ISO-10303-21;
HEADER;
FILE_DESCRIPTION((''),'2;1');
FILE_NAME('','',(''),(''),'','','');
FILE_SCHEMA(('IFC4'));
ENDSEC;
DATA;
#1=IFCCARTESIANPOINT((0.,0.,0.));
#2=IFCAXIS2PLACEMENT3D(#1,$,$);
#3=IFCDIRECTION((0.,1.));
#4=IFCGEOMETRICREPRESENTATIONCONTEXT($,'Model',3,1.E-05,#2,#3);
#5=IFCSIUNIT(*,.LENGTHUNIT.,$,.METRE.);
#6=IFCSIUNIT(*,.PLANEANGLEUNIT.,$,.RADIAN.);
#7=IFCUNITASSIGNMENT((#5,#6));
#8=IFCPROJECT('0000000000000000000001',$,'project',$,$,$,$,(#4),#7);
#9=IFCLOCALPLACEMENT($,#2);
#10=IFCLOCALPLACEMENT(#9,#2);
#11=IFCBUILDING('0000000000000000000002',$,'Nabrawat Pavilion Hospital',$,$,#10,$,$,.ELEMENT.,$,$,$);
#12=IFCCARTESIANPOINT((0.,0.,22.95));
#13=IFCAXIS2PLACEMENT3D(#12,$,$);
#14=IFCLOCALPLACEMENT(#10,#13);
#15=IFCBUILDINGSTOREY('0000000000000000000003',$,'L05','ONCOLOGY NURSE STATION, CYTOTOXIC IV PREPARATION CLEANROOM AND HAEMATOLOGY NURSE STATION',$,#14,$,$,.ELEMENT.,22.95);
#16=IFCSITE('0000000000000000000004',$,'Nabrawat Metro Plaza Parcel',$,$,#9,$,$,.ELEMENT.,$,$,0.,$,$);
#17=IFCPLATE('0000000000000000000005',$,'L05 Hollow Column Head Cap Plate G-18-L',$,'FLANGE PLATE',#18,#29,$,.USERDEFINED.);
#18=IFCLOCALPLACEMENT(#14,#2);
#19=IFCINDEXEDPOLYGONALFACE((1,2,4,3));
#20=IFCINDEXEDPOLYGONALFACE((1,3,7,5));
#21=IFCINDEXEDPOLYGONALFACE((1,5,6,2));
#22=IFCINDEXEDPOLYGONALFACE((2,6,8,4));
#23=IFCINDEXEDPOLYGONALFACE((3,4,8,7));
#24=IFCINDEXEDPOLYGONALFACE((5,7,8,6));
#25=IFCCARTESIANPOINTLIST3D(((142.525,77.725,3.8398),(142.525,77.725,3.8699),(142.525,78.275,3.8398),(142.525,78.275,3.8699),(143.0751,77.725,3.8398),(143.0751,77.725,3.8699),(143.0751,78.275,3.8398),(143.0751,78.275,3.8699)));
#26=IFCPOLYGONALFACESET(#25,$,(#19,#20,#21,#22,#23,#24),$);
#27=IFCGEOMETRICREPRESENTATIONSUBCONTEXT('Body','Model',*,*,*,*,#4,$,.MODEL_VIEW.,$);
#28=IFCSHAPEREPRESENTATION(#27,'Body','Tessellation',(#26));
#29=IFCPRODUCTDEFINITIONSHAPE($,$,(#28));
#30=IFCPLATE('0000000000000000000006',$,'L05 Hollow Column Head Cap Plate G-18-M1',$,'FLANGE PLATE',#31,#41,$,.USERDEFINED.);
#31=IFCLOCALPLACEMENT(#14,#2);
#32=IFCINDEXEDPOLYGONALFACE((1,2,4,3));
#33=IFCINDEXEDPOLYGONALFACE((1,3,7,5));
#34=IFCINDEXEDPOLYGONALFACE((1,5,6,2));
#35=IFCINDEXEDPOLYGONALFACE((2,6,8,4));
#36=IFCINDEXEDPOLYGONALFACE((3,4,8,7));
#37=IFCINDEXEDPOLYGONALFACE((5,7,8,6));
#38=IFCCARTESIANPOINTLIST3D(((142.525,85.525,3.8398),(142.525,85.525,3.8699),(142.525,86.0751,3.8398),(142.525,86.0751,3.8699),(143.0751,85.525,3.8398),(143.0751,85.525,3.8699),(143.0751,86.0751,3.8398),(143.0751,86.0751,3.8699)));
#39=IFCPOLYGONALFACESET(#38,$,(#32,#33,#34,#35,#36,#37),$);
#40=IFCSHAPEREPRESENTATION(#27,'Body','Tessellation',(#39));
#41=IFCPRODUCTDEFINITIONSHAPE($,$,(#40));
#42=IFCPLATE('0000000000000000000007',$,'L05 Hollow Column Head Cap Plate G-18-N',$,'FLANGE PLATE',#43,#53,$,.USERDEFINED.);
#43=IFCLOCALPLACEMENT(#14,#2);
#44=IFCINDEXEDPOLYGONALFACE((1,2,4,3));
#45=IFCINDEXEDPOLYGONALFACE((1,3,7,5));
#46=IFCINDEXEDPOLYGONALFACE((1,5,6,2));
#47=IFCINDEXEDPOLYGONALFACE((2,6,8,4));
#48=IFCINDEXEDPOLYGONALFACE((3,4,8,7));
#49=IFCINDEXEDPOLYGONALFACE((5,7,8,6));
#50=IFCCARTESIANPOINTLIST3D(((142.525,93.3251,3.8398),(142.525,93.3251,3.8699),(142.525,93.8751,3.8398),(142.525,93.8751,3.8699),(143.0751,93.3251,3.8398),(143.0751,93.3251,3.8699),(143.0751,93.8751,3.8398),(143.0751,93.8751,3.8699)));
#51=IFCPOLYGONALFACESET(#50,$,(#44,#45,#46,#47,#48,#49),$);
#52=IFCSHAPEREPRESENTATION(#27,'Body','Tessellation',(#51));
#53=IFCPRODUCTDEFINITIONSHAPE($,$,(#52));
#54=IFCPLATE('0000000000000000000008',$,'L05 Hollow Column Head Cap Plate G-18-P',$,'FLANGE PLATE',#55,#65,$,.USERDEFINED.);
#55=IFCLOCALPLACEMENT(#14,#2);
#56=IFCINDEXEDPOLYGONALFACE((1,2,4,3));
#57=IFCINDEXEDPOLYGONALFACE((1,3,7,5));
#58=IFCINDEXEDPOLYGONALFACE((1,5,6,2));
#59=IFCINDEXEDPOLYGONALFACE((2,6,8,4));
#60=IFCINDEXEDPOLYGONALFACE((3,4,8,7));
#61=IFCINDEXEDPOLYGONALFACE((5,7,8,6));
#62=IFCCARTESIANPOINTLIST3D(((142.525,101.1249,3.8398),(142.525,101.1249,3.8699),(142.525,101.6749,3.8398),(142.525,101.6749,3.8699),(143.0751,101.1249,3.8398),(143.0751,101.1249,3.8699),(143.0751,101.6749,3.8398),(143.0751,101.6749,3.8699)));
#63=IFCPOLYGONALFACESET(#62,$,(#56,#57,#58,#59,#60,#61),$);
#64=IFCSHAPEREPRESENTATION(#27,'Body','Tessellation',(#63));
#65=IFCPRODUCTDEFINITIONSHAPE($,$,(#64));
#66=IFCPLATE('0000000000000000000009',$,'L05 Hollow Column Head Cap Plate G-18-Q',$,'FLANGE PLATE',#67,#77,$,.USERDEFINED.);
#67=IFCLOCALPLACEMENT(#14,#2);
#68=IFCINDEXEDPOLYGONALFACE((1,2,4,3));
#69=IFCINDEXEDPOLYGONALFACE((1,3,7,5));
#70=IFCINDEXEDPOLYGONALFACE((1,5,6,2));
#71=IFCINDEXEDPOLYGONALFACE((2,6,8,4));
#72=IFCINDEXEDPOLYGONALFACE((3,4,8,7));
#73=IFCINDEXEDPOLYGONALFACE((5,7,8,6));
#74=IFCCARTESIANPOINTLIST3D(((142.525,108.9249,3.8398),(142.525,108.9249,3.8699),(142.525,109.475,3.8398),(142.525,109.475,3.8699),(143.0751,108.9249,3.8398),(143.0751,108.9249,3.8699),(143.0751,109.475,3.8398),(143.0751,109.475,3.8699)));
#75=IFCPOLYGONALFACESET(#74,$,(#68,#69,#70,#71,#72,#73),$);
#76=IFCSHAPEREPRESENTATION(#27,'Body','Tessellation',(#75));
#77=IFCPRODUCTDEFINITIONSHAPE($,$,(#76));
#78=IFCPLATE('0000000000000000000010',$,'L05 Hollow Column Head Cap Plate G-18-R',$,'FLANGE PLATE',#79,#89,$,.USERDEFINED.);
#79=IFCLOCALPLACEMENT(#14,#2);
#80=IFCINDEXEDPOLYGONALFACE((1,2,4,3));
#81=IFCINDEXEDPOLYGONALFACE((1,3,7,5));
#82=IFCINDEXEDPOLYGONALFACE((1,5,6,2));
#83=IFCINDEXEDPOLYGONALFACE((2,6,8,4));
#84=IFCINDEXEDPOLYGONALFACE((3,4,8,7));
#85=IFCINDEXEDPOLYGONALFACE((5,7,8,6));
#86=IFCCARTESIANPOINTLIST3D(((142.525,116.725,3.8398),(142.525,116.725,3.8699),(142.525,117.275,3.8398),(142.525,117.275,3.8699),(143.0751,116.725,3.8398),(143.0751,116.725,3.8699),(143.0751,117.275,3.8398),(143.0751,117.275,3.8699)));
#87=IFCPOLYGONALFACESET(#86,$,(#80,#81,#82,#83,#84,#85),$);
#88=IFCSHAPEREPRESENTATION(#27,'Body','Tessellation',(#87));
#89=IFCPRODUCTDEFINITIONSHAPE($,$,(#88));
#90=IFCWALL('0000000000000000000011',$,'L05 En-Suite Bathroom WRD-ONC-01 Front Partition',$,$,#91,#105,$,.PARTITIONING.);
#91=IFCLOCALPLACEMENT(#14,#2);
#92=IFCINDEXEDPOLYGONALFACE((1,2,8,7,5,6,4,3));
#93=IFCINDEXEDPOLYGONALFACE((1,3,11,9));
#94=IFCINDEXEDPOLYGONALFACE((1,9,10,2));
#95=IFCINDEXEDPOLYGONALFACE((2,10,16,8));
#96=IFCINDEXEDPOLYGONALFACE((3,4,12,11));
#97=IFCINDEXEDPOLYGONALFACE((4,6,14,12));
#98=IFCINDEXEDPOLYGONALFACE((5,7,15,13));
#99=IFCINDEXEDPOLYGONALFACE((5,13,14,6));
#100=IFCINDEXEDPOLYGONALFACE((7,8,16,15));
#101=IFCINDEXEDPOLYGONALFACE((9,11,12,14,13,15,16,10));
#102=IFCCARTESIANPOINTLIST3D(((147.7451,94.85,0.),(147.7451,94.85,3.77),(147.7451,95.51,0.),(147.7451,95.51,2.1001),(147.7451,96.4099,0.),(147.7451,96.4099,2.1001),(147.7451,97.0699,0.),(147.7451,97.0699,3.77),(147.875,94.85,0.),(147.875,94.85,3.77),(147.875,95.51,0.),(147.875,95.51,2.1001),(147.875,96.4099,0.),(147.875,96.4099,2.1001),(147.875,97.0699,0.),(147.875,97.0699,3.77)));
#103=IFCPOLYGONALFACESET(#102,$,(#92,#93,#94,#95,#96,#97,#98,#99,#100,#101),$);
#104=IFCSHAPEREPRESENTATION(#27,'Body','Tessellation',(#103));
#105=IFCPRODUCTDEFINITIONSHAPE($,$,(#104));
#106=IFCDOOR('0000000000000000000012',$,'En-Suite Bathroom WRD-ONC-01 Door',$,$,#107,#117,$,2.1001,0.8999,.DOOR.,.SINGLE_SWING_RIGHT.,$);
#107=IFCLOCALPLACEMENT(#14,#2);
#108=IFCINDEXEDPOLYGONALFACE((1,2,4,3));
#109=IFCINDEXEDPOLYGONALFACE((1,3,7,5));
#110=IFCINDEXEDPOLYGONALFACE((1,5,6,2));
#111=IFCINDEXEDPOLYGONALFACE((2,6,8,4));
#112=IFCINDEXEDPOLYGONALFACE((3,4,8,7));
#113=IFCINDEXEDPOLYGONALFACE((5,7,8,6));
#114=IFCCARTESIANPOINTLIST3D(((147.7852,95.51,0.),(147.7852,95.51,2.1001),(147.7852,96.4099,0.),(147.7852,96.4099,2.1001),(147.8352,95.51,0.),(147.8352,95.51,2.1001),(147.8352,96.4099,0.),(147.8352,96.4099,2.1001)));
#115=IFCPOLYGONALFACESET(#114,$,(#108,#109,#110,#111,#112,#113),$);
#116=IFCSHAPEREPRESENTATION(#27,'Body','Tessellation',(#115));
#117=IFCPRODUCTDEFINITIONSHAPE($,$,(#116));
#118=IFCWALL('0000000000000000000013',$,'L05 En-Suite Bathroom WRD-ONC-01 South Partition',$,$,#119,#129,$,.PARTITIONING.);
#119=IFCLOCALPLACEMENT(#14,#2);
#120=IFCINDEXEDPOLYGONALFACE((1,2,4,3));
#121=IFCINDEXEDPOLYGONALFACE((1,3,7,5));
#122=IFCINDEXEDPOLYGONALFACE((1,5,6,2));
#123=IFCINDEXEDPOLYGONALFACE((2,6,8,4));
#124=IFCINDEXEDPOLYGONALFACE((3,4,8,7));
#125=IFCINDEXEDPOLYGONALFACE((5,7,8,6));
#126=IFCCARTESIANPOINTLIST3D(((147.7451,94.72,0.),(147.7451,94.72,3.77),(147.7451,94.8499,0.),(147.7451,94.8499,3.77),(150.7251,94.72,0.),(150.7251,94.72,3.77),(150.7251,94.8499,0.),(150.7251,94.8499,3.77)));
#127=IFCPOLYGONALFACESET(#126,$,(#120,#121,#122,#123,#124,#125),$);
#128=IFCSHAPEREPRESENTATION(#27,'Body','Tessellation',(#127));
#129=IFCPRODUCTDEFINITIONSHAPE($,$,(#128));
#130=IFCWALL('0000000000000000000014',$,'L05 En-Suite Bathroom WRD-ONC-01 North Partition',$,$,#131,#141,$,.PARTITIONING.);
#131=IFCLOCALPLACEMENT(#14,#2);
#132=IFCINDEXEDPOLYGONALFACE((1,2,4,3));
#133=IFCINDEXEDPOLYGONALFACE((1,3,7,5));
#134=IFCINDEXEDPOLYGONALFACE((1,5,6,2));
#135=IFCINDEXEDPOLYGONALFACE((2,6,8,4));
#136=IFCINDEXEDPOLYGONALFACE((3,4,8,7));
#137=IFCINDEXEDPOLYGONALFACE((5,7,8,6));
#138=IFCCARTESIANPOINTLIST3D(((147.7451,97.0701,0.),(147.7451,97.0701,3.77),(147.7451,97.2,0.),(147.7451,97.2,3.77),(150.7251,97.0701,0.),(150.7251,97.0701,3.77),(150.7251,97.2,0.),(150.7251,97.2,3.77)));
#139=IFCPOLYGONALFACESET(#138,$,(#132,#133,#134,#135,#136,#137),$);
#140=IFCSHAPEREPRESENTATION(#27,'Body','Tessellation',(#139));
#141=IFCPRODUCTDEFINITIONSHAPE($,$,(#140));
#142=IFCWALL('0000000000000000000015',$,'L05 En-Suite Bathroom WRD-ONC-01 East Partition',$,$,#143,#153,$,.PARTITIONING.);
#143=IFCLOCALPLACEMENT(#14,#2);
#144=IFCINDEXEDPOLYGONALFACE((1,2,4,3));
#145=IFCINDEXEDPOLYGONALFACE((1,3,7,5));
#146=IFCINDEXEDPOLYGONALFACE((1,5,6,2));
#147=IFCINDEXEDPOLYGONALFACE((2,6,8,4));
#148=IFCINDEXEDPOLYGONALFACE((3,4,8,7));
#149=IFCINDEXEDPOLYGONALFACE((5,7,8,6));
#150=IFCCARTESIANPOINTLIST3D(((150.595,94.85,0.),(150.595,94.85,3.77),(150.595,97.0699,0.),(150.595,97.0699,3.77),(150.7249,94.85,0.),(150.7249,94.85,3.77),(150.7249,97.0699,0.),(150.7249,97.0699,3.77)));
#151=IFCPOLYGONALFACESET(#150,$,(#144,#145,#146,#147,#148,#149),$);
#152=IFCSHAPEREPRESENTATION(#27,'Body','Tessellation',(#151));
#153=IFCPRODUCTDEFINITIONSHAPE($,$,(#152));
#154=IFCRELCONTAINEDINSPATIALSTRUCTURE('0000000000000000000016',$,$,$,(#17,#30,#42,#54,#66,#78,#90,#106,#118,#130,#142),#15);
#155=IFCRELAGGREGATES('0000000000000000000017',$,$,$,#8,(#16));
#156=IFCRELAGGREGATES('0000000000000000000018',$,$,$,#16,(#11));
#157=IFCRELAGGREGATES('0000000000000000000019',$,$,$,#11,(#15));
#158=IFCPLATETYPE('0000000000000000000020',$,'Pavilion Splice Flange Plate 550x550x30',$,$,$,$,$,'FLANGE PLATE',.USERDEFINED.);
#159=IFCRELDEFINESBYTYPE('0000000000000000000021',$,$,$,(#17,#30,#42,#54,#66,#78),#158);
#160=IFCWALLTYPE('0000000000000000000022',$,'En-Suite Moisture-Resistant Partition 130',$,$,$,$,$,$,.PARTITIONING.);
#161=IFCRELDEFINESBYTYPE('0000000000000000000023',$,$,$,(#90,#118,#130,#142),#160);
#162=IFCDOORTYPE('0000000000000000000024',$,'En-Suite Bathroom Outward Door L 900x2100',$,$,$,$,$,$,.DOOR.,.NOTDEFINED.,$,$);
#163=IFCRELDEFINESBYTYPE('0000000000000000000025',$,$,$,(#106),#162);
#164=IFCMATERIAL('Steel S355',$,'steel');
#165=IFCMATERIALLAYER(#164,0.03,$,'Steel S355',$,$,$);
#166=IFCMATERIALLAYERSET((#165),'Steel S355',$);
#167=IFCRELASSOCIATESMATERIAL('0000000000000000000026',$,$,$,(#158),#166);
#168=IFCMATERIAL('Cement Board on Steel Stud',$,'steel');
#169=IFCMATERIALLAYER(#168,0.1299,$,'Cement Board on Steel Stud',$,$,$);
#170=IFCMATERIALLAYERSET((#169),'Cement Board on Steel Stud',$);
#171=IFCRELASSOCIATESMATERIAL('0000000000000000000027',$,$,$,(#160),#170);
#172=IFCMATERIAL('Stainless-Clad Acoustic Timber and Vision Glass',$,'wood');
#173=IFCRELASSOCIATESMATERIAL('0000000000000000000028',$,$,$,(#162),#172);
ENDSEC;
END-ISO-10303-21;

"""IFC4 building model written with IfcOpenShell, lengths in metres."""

from ifc_helpers import new_model, si_unit, direction, frame, frame_2d, origin, origin_2d, place, context, subcontext, project, spatial, rectangle, extrude, material, layer, layer_set, type_object, element, fill, save


model = new_model("IFC4")

# Units and contexts
model_context = context("Model", 3, precision=1e-05, world=origin(), true_north=direction((0.0, 1.0)))
body_context = subcontext(model_context, "Body", "Model", "MODEL_VIEW")
ifc_project = project(units=[si_unit("LENGTHUNIT", "METRE"), si_unit("PLANEANGLEUNIT", "RADIAN")], contexts=[model_context])

# Site, building, storey
site_placement = place(None, origin())
site = spatial("IfcSite", under=ifc_project, at=site_placement, Name="Nabrawat Metro Plaza Parcel", CompositionType="ELEMENT", RefElevation=0.0)
building_placement = place(site_placement, origin())
building = spatial("IfcBuilding", under=site, at=building_placement, Name="Nabrawat Pavilion Hospital", CompositionType="ELEMENT")
storey_placement = place(building_placement, frame((0.0, 0.0, 22.95)))
storey = spatial("IfcBuildingStorey", under=building, at=storey_placement, Name="L05", Description="ONCOLOGY NURSE STATION, CYTOTOXIC IV PREPARATION CLEANROOM AND HAEMATOLOGY NURSE STATION", CompositionType="ELEMENT", Elevation=22.95)

# Shared definitions
ifc_material_1 = material(Name="Steel S355", Category="steel")

# Plates
ifc_layer_1 = layer(ifc_material_1, 0.03, Name="Steel S355")
ifc_layer_set_1 = layer_set([ifc_layer_1], Name="Steel S355")
plate_type = type_object("IfcPlateType", Name="Pavilion Splice Flange Plate 550x550x30", ElementType="FLANGE PLATE", PredefinedType="USERDEFINED", material=ifc_layer_set_1)
for number, where, z_axis, x_axis, name in (
    (1, (142.8, 78.0, 3.8398), (0.0, 0.0, 1.0), (1.0, 0.0, 0.0), "L05 Hollow Column Head Cap Plate G-18-L"),
    (2, (142.8, 85.8, 3.8398), (0.0, 0.0, 1.0), (1.0, 0.0, 0.0), "L05 Hollow Column Head Cap Plate G-18-M1"),
    (3, (142.8, 93.6001, 3.8398), (0.0, 0.0, 1.0), (1.0, 0.0, 0.0), "L05 Hollow Column Head Cap Plate G-18-N"),
    (4, (142.8, 101.3999, 3.8398), (0.0, 0.0, 1.0), (1.0, 0.0, 0.0), "L05 Hollow Column Head Cap Plate G-18-P"),
    (5, (142.8, 109.2, 3.8398), (0.0, 0.0, 1.0), (1.0, 0.0, 0.0), "L05 Hollow Column Head Cap Plate G-18-Q"),
    (6, (142.8, 117.0, 3.8398), (0.0, 0.0, 1.0), (1.0, 0.0, 0.0), "L05 Hollow Column Head Cap Plate G-18-R"),
):
    element("IfcPlate", number, at=place(storey_placement, frame(where, z_axis=z_axis, x_axis=x_axis)), inside=storey, type_object=plate_type, Name=name, ObjectType="FLANGE PLATE", PredefinedType="USERDEFINED", context=body_context, shape_type="SweptSolid", body=[
        extrude(rectangle(XDim=0.55, YDim=0.55, at=origin_2d()), origin(), (0.0, 0.0, 1.0), 0.03),
    ])

# Wall, opening, door
ifc_material_2 = material(Name="Cement Board on Steel Stud", Category="steel")
ifc_layer_2 = layer(ifc_material_2, 0.1299, Name="Cement Board on Steel Stud")
ifc_layer_set_2 = layer_set([ifc_layer_2], Name="Cement Board on Steel Stud")
wall_type = type_object("IfcWallType", Name="En-Suite Moisture-Resistant Partition 130", PredefinedType="PARTITIONING", material=ifc_layer_set_2)
wall_1_placement = place(storey_placement, frame((147.8101, 94.8501, 0.0), z_axis=(0.0, 0.0, 1.0), x_axis=(0.0, 1.0, 0.0)))
wall_1 = element("IfcWall", 7, at=wall_1_placement, inside=storey, type_object=wall_type, Name="L05 En-Suite Bathroom WRD-ONC-01 Front Partition", PredefinedType="PARTITIONING", context=body_context, shape_type="SweptSolid", body=[
    extrude(rectangle(XDim=2.22, YDim=0.1299, at=frame_2d((1.1099, 0.0))), origin(), (0.0, 0.0, 1.0), 3.77),
])
opening_placement = place(wall_1_placement, frame((0.6599, 0.0, 0.0)))
opening = element("IfcOpeningElement", 8, at=opening_placement, cuts=wall_1, PredefinedType="OPENING", context=body_context, shape_type="SweptSolid", body=[
    extrude(rectangle(XDim=0.8999, YDim=2.1001, at=frame_2d((0.45, 1.05))), frame((0.0, 0.075, 0.0), z_axis=(0.0, -1.0, 0.0), x_axis=(1.0, 0.0, 0.0)), (0.0, 0.0, 1.0), 0.1499),
])
ifc_material_3 = material(Name="Stainless-Clad Acoustic Timber and Vision Glass", Category="wood")
door_type = type_object("IfcDoorType", Name="En-Suite Bathroom Outward Door L 900x2100", OperationType="NOTDEFINED", PredefinedType="DOOR", material=ifc_material_3)
door_placement = place(opening_placement, origin())
door = element("IfcDoor", 9, at=door_placement, inside=storey, type_object=door_type, Name="En-Suite Bathroom WRD-ONC-01 Door", OperationType="SINGLE_SWING_RIGHT", OverallHeight=2.1001, OverallWidth=0.8999, PredefinedType="DOOR", context=body_context, shape_type="SweptSolid", body=[
    extrude(rectangle(XDim=0.8999, YDim=2.1001, at=frame_2d((0.45, 1.05))), frame((0.0, 0.0249, 0.0), z_axis=(0.0, -1.0, 0.0), x_axis=(1.0, 0.0, 0.0)), (0.0, 0.0, 1.0), 0.05),
])
fill(opening, door)

# Walls
for number, where, z_axis, x_axis, name in (
    (10, (147.7451, 94.7849, 0.0), (0.0, 0.0, 1.0), (1.0, 0.0, 0.0), "L05 En-Suite Bathroom WRD-ONC-01 South Partition"),
    (11, (147.7451, 97.135, 0.0), (0.0, 0.0, 1.0), (1.0, 0.0, 0.0), "L05 En-Suite Bathroom WRD-ONC-01 North Partition"),
):
    element("IfcWall", number, at=place(storey_placement, frame(where, z_axis=z_axis, x_axis=x_axis)), inside=storey, type_object=wall_type, Name=name, PredefinedType="PARTITIONING", context=body_context, shape_type="SweptSolid", body=[
        extrude(rectangle(XDim=2.98, YDim=0.1299, at=frame_2d((1.49, 0.0))), origin(), (0.0, 0.0, 1.0), 3.77),
    ])
wall_2_placement = place(storey_placement, frame((150.6599, 94.8501, 0.0), z_axis=(0.0, 0.0, 1.0), x_axis=(0.0, 1.0, 0.0)))
element("IfcWall", 12, at=wall_2_placement, inside=storey, type_object=wall_type, Name="L05 En-Suite Bathroom WRD-ONC-01 East Partition", PredefinedType="PARTITIONING", context=body_context, shape_type="SweptSolid", body=[
    extrude(rectangle(XDim=2.22, YDim=0.1299, at=frame_2d((1.1099, 0.0))), origin(), (0.0, 0.0, 1.0), 3.77),
])

save(model, "model.ifc")
